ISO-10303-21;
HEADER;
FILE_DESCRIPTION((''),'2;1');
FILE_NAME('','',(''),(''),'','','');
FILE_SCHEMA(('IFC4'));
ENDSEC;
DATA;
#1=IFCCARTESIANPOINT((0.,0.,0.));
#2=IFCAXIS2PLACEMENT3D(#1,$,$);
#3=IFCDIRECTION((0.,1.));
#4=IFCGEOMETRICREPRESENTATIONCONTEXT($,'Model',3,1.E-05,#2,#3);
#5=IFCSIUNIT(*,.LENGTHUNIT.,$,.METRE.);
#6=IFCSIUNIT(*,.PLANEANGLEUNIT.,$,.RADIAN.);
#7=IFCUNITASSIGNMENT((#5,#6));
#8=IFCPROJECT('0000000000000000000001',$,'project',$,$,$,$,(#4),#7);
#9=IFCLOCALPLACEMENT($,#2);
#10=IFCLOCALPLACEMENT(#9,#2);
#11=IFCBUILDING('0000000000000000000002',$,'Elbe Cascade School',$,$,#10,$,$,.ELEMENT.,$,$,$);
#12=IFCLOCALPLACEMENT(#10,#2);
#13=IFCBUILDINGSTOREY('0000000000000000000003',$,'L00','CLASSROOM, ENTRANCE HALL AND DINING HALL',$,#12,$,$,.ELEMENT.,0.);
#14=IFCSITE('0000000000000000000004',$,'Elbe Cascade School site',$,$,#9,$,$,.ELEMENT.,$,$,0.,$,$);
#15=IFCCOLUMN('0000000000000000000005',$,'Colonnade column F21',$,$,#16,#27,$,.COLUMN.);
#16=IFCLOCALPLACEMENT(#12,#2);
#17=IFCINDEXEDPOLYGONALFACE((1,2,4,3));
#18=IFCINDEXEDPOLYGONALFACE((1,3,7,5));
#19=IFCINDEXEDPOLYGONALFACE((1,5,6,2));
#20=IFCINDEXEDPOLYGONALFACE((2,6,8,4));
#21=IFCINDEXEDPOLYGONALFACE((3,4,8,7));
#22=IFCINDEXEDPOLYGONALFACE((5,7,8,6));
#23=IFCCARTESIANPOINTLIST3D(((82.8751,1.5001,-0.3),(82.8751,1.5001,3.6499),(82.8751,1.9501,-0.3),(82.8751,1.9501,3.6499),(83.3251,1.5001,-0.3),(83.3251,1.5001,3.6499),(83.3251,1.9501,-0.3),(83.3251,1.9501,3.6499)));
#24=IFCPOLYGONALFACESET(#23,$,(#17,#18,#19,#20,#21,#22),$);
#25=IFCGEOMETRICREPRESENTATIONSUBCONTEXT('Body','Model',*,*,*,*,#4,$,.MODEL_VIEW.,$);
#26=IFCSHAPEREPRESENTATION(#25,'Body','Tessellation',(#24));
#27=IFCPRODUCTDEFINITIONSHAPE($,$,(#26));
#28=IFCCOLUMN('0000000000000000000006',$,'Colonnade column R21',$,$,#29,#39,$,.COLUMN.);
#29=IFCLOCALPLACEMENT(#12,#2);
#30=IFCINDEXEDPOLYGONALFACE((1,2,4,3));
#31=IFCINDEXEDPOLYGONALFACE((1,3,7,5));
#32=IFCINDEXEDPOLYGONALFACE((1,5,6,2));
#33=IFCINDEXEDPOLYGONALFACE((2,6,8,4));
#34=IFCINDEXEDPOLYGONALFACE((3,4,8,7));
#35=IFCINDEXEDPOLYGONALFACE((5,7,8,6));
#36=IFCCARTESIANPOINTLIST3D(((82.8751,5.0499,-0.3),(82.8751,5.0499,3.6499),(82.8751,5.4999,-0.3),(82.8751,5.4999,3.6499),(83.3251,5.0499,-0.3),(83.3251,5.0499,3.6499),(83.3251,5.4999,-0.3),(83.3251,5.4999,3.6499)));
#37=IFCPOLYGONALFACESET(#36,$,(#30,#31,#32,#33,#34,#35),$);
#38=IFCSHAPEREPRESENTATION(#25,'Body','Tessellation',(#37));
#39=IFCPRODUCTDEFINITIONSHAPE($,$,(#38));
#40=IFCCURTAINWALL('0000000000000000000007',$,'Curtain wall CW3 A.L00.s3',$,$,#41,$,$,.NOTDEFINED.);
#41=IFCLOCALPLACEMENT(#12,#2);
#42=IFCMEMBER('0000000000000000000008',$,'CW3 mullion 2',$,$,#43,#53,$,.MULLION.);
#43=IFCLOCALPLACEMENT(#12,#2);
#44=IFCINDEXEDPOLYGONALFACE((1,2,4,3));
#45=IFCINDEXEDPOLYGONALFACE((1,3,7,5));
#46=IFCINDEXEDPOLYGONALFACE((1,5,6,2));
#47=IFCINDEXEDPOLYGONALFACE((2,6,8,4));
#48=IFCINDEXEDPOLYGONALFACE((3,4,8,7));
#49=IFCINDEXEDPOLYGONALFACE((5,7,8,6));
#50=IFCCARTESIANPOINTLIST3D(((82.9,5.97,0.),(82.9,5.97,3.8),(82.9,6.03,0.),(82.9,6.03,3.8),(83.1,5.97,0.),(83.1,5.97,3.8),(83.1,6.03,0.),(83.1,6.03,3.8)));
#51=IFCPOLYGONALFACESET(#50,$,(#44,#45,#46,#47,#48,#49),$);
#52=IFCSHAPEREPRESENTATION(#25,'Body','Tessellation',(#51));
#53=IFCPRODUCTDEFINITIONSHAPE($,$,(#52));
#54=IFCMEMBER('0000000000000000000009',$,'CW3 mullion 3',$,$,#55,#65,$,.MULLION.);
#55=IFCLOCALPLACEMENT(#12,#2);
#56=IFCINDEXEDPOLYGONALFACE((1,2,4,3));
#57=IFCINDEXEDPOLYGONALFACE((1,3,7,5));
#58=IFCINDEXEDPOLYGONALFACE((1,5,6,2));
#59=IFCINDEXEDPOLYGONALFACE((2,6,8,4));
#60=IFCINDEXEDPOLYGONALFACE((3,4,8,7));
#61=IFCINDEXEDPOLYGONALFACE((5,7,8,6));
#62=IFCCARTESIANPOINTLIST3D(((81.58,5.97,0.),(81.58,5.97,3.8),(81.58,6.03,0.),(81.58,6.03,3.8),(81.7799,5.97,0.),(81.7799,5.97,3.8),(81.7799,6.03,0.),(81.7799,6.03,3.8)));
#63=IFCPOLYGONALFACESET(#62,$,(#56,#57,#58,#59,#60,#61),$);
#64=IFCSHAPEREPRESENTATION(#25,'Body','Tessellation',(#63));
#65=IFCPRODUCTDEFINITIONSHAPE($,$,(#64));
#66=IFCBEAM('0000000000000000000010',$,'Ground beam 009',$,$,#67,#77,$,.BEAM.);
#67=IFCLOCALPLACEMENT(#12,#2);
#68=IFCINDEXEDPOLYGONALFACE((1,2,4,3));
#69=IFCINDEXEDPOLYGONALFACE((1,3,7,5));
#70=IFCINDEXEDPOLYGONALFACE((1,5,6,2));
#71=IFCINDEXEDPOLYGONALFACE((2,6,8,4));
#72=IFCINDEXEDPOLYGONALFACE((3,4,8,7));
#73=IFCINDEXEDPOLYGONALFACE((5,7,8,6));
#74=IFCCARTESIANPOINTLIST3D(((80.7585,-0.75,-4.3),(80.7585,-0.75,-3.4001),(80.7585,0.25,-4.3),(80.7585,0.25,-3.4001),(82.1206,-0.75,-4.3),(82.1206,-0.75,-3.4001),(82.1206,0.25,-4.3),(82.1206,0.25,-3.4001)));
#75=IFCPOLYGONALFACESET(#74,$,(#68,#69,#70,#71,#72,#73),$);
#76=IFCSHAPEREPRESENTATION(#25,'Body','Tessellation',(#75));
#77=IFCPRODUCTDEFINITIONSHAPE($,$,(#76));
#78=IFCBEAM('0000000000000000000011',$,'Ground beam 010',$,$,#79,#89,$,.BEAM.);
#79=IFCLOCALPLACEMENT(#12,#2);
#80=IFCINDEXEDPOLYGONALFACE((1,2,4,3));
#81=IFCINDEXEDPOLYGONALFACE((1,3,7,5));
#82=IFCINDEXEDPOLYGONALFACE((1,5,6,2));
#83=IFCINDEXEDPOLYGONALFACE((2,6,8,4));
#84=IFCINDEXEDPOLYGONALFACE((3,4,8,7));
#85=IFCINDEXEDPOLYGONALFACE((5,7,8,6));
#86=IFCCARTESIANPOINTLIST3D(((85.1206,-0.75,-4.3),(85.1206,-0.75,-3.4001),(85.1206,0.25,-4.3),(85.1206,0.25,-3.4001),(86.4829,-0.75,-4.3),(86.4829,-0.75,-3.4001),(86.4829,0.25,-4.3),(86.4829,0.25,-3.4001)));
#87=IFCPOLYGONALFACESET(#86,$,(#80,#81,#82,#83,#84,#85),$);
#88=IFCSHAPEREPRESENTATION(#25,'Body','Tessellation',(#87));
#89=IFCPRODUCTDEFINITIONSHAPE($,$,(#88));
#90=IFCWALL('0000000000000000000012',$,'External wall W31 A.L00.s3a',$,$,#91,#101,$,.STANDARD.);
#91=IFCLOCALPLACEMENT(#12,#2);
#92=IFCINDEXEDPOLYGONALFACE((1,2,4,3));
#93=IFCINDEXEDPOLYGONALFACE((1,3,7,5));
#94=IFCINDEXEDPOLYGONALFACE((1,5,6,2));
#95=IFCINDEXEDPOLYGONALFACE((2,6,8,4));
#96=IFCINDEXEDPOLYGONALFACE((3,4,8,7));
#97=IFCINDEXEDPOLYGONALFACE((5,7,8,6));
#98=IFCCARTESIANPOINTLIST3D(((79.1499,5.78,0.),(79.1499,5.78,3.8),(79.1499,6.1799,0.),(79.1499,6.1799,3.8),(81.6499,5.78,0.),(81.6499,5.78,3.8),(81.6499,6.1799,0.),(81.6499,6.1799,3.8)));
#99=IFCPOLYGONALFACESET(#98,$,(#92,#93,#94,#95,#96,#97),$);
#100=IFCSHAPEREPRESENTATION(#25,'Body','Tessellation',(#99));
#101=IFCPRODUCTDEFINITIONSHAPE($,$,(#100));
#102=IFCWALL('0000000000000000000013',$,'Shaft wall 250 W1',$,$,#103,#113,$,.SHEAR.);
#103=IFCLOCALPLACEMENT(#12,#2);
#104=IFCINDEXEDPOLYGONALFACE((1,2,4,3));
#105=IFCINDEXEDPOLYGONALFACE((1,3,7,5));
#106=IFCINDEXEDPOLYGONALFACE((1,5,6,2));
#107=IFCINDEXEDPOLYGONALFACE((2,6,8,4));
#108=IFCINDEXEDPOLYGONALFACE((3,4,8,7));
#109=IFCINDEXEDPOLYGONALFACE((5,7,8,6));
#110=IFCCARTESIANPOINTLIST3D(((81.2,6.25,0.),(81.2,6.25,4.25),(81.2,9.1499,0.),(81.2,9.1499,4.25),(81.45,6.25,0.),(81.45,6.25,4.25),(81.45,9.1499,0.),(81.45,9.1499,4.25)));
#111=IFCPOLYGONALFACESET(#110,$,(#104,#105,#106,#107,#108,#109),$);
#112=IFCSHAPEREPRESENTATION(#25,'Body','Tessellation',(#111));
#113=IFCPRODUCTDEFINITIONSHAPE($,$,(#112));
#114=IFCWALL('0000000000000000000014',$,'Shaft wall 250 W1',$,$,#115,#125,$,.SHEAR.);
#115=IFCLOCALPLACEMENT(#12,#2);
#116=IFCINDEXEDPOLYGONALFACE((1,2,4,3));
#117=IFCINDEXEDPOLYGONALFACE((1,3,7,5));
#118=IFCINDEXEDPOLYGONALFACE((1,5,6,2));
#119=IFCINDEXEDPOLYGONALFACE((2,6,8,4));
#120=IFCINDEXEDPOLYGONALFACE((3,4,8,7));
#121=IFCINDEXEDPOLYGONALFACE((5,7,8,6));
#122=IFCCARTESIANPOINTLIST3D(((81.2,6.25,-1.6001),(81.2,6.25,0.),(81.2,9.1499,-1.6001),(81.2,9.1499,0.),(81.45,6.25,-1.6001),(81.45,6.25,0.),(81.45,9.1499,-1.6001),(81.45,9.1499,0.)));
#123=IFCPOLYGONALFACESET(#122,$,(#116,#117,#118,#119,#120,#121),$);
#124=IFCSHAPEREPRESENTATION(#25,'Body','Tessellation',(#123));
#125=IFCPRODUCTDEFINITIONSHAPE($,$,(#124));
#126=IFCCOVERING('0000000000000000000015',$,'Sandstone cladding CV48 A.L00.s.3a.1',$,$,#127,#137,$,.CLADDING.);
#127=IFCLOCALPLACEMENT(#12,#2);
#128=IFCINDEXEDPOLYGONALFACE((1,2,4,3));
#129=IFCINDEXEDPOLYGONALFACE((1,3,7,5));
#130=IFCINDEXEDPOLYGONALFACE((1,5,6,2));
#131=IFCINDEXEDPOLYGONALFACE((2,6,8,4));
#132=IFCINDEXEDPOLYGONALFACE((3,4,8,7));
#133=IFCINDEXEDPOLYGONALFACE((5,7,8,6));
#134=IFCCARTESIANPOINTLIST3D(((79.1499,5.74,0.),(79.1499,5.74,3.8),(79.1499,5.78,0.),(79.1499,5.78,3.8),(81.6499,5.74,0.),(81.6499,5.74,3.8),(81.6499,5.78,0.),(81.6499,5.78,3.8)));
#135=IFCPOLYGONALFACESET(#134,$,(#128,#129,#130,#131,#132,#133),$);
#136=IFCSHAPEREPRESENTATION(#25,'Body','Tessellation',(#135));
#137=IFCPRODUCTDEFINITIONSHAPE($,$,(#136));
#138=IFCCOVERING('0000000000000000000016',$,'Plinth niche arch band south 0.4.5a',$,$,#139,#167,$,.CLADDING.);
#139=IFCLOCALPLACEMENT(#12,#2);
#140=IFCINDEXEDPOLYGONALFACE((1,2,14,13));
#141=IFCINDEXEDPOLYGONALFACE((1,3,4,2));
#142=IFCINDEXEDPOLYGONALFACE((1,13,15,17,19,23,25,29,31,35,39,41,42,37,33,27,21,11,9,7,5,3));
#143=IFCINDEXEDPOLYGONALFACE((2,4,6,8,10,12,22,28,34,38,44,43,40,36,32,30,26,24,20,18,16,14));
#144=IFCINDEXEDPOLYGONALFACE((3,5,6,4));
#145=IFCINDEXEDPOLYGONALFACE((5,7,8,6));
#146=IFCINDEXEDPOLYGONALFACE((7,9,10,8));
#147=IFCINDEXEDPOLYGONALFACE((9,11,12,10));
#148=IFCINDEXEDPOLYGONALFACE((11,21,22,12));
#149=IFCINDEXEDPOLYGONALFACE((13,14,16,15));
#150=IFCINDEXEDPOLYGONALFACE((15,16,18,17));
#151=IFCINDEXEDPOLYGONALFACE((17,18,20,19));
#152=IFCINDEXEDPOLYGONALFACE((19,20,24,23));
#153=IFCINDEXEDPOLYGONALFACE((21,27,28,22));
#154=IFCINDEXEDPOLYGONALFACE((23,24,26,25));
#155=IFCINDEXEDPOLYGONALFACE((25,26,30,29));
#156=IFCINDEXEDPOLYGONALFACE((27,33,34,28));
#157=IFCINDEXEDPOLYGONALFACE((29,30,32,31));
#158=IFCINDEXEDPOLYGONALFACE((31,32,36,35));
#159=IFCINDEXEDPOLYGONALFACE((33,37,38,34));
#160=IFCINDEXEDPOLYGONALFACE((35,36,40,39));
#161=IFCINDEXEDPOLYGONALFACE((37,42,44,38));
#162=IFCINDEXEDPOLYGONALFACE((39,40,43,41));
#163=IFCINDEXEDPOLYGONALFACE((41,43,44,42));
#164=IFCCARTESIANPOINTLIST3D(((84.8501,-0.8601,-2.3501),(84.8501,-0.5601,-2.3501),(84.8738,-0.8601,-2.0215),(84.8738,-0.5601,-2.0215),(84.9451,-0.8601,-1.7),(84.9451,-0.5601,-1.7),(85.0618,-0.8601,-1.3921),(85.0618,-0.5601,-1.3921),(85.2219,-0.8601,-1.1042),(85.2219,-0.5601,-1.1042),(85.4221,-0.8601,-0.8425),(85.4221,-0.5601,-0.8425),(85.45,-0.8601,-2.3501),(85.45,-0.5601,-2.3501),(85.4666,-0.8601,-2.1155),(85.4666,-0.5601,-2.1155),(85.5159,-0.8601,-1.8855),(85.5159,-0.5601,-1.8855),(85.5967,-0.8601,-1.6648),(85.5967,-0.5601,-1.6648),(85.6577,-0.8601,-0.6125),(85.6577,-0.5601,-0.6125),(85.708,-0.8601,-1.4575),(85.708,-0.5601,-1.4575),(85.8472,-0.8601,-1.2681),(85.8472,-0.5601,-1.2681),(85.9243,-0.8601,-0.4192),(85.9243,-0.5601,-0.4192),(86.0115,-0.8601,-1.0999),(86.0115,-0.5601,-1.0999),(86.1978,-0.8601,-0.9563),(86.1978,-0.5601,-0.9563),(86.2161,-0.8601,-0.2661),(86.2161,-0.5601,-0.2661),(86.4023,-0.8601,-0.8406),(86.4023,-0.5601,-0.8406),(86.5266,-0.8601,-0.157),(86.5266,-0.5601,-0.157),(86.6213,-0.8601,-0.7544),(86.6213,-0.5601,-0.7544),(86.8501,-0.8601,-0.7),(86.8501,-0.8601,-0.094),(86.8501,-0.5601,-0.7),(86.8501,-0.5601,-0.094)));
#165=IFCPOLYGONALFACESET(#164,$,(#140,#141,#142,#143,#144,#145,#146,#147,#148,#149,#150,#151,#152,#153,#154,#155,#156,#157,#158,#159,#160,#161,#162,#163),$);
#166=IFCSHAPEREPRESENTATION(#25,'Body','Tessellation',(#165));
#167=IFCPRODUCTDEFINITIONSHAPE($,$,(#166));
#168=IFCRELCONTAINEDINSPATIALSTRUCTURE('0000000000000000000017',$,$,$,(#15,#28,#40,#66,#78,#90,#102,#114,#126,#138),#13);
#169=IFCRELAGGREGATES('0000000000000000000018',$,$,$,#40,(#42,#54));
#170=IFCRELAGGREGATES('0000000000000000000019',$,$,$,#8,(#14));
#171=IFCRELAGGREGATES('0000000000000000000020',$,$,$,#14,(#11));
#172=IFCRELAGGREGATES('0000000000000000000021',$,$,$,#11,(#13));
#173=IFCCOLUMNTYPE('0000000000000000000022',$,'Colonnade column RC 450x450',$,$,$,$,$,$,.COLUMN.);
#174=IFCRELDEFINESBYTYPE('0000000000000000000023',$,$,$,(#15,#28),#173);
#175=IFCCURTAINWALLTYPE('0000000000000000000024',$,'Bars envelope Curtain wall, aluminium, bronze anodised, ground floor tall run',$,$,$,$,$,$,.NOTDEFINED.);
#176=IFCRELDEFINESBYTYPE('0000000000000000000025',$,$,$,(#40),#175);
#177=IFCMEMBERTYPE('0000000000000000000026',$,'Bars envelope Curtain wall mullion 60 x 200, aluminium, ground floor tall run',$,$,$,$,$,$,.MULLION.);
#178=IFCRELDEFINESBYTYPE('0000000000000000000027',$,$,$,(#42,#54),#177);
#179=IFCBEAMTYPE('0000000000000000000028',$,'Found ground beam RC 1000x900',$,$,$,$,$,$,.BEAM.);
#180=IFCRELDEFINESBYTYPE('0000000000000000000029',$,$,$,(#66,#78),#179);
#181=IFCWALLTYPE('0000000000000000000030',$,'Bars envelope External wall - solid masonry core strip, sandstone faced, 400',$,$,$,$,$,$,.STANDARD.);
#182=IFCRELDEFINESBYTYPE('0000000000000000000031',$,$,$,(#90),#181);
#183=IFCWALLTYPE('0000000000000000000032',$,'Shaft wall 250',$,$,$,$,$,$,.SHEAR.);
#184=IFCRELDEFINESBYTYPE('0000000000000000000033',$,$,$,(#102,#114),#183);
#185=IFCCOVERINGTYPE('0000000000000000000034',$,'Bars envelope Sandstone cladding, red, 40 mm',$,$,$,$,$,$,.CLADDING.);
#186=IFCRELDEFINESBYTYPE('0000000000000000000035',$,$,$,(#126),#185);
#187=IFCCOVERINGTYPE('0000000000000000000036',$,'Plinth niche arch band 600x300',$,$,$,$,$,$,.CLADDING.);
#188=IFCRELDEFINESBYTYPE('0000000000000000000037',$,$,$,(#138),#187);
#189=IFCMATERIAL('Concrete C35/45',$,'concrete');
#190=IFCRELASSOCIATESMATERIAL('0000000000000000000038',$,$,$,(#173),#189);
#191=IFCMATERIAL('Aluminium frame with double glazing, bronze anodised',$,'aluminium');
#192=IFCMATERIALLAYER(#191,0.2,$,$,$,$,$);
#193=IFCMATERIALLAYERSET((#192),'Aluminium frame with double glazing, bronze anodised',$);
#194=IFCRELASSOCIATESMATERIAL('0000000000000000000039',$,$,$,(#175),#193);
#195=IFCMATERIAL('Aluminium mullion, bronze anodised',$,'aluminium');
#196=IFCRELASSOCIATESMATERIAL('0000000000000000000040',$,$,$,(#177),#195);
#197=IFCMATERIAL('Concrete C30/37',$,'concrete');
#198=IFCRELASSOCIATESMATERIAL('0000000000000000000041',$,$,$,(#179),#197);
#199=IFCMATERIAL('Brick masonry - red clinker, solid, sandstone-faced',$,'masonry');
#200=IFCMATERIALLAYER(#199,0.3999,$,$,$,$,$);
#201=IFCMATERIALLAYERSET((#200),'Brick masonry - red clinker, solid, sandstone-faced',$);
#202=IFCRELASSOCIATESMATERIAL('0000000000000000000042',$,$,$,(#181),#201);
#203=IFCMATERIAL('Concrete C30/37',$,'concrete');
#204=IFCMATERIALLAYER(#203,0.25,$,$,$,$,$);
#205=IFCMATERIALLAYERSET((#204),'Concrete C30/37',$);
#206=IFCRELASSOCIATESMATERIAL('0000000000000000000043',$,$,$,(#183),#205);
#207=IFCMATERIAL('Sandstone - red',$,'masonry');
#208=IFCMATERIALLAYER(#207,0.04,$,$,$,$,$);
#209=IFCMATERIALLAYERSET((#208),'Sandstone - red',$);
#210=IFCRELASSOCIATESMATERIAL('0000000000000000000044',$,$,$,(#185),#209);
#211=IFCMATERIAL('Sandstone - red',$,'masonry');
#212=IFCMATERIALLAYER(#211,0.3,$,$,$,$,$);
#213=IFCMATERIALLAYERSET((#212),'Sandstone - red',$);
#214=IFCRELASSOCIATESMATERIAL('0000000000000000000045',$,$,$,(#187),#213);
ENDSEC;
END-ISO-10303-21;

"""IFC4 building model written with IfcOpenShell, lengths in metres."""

from ifc_helpers import new_model, si_unit, direction, frame, frame_2d, origin, origin_2d, place, context, subcontext, project, spatial, polyline, rectangle, outline, extrude, material, layer, layer_set, material_profile, profile_set, type_object, element, aggregate, save


model = new_model("IFC4")

# Units and contexts
model_context = context("Model", 3, precision=1e-05, world=origin(), true_north=direction((0.0, 1.0)))
body_context = subcontext(model_context, "Body", "Model", "MODEL_VIEW")
ifc_project = project(units=[si_unit("LENGTHUNIT", "METRE"), si_unit("PLANEANGLEUNIT", "RADIAN")], contexts=[model_context])

# Site, building, storey
site_placement = place(None, origin())
site = spatial("IfcSite", under=ifc_project, at=site_placement, Name="Elbe Cascade School site", CompositionType="ELEMENT", RefElevation=0.0)
building_placement = place(site_placement, origin())
building = spatial("IfcBuilding", under=site, at=building_placement, Name="Elbe Cascade School", CompositionType="ELEMENT")
storey_placement = place(building_placement, origin())
storey = spatial("IfcBuildingStorey", under=building, at=storey_placement, Name="L00", Description="CLASSROOM, ENTRANCE HALL AND DINING HALL", CompositionType="ELEMENT", Elevation=0.0)

# Columns
ifc_material_1 = material(Name="Concrete C35/45", Category="concrete")
ifc_material_profile_1 = material_profile(ifc_material_1, rectangle(XDim=0.45, YDim=0.45, at=origin_2d()), Name="RC 450x450")
ifc_profile_set_1 = profile_set([ifc_material_profile_1], Name="Concrete C35/45")
column_type = type_object("IfcColumnType", Name="Colonnade column RC 450x450", PredefinedType="COLUMN", material=ifc_profile_set_1)
for number, where, z_axis, x_axis, name in (
    (1, (83.1001, 1.7251, -0.3), (0.0, 0.0, 1.0), (1.0, 0.0, 0.0), "Colonnade column F21"),
    (2, (83.1001, 5.2749, -0.3), (0.0, 0.0, 1.0), (1.0, 0.0, 0.0), "Colonnade column R21"),
):
    element("IfcColumn", number, at=place(storey_placement, frame(where, z_axis=z_axis, x_axis=x_axis)), inside=storey, type_object=column_type, Name=name, PredefinedType="COLUMN", context=body_context, shape_type="SweptSolid", body=[
        extrude(rectangle(XDim=0.45, YDim=0.45, at=origin_2d()), origin(), (0.0, 0.0, 1.0), 3.95),
    ])

# Curtain wall, members
ifc_material_2 = material(Name="Aluminium frame with double glazing, bronze anodised", Category="aluminium")
ifc_layer_1 = layer(ifc_material_2, 0.2)
ifc_layer_set_1 = layer_set([ifc_layer_1], Name="Aluminium frame with double glazing, bronze anodised")
curtain_wall_type = type_object("IfcCurtainWallType", Name="Bars envelope Curtain wall, aluminium, bronze anodised, ground floor tall run", PredefinedType="NOTDEFINED", material=ifc_layer_set_1)
curtain_wall_placement = place(storey_placement, origin())
curtain_wall = element("IfcCurtainWall", 3, at=curtain_wall_placement, inside=storey, type_object=curtain_wall_type, Name="Curtain wall CW3 A.L00.s3", PredefinedType="NOTDEFINED")
ifc_material_3 = material(Name="Aluminium mullion, bronze anodised", Category="aluminium")
ifc_material_profile_2 = material_profile(ifc_material_3, rectangle(XDim=0.0601, YDim=0.2, at=origin_2d()), Name="Bars envelope Curtain wall mullion 60 x 200, aluminium, ground floor tall run")
ifc_profile_set_2 = profile_set([ifc_material_profile_2], Name="Aluminium mullion, bronze anodised")
member_type = type_object("IfcMemberType", Name="Bars envelope Curtain wall mullion 60 x 200, aluminium, ground floor tall run", PredefinedType="MULLION", material=ifc_profile_set_2)
member_1_placement = place(storey_placement, frame((83.0, 6.0, 0.0), z_axis=(0.0, 0.0, 1.0), x_axis=(0.0, -1.0, 0.0)))
member_1 = element("IfcMember", 4, at=member_1_placement, type_object=member_type, Name="CW3 mullion 2", PredefinedType="MULLION", context=body_context, shape_type="SweptSolid", body=[
    extrude(rectangle(XDim=0.0601, YDim=0.2, at=origin_2d()), origin(), (0.0, 0.0, 1.0), 3.8),
])
member_2_placement = place(storey_placement, frame((81.6799, 6.0, 0.0), z_axis=(0.0, 0.0, 1.0), x_axis=(0.0, -1.0, 0.0)))
member_2 = element("IfcMember", 5, at=member_2_placement, type_object=member_type, Name="CW3 mullion 3", PredefinedType="MULLION", context=body_context, shape_type="SweptSolid", body=[
    extrude(rectangle(XDim=0.0601, YDim=0.2, at=origin_2d()), origin(), (0.0, 0.0, 1.0), 3.8),
])
aggregate(curtain_wall, [member_1, member_2])

# Beams
ifc_material_4 = material(Name="Concrete C30/37", Category="concrete")
ifc_material_profile_3 = material_profile(ifc_material_4, rectangle(XDim=1.0, YDim=0.8999, at=origin_2d()), Name="RC 1000x900")
ifc_profile_set_3 = profile_set([ifc_material_profile_3], Name="Concrete C30/37")
beam_type = type_object("IfcBeamType", Name="Found ground beam RC 1000x900", PredefinedType="BEAM", material=ifc_profile_set_3)
beam_1_placement = place(storey_placement, frame((80.7585, -0.25, -3.8501), z_axis=(1.0, 0.0, 0.0), x_axis=(0.0, 1.0, 0.0)))
element("IfcBeam", 6, at=beam_1_placement, inside=storey, type_object=beam_type, Name="Ground beam 009", PredefinedType="BEAM", context=body_context, shape_type="SweptSolid", body=[
    extrude(rectangle(XDim=1.0, YDim=0.8999, at=origin_2d()), origin(), (0.0, 0.0, 1.0), 1.3621),
])
beam_2_placement = place(storey_placement, frame((85.1206, -0.25, -3.8501), z_axis=(1.0, 0.0, 0.0), x_axis=(0.0, 1.0, 0.0)))
element("IfcBeam", 7, at=beam_2_placement, inside=storey, type_object=beam_type, Name="Ground beam 010", PredefinedType="BEAM", context=body_context, shape_type="SweptSolid", body=[
    extrude(rectangle(XDim=1.0, YDim=0.8999, at=origin_2d()), origin(), (0.0, 0.0, 1.0), 1.3623),
])

# Walls
ifc_material_5 = material(Name="Brick masonry - red clinker, solid, sandstone-faced", Category="masonry")
ifc_layer_2 = layer(ifc_material_5, 0.3999)
ifc_layer_set_2 = layer_set([ifc_layer_2], Name="Brick masonry - red clinker, solid, sandstone-faced")
wall_type_1 = type_object("IfcWallType", Name="Bars envelope External wall - solid masonry core strip, sandstone faced, 400", PredefinedType="STANDARD", material=ifc_layer_set_2)
wall_1_placement = place(storey_placement, frame((81.6499, 5.98, 0.0), z_axis=(0.0, 0.0, 1.0), x_axis=(-1.0, 0.0, 0.0)))
element("IfcWall", 8, at=wall_1_placement, inside=storey, type_object=wall_type_1, Name="External wall W31 A.L00.s3a", PredefinedType="STANDARD", context=body_context, shape_type="SweptSolid", body=[
    extrude(rectangle(XDim=2.5, YDim=0.3999, at=frame_2d((1.25, 0.0))), origin(), (0.0, 0.0, 1.0), 3.8),
])
ifc_material_6 = material(Name="Concrete C30/37", Category="concrete")
ifc_layer_3 = layer(ifc_material_6, 0.25)
ifc_layer_set_3 = layer_set([ifc_layer_3], Name="Concrete C30/37")
wall_type_2 = type_object("IfcWallType", Name="Shaft wall 250", PredefinedType="SHEAR", material=ifc_layer_set_3)
wall_2_placement = place(storey_placement, frame((81.325, 6.25, 0.0), z_axis=(0.0, 0.0, 1.0), x_axis=(0.0, 1.0, 0.0)))
element("IfcWall", 9, at=wall_2_placement, inside=storey, type_object=wall_type_2, Name="Shaft wall 250 W1", PredefinedType="SHEAR", context=body_context, shape_type="SweptSolid", body=[
    extrude(rectangle(XDim=2.8999, YDim=0.25, at=frame_2d((1.45, 0.0))), origin(), (0.0, 0.0, 1.0), 4.25),
])
wall_3_placement = place(storey_placement, frame((81.325, 6.25, -1.6001), z_axis=(0.0, 0.0, 1.0), x_axis=(0.0, 1.0, 0.0)))
element("IfcWall", 10, at=wall_3_placement, inside=storey, type_object=wall_type_2, Name="Shaft wall 250 W1", PredefinedType="SHEAR", context=body_context, shape_type="SweptSolid", body=[
    extrude(rectangle(XDim=2.8999, YDim=0.25, at=frame_2d((1.45, 0.0))), origin(), (0.0, 0.0, 1.0), 1.6001),
])

# Coverings
ifc_material_7 = material(Name="Sandstone - red", Category="masonry")
ifc_layer_4 = layer(ifc_material_7, 0.04)
ifc_layer_set_4 = layer_set([ifc_layer_4], Name="Sandstone - red")
covering_type_1 = type_object("IfcCoveringType", Name="Bars envelope Sandstone cladding, red, 40 mm", PredefinedType="CLADDING", material=ifc_layer_set_4)
covering_1_placement = place(storey_placement, frame((80.3999, 5.76, 0.0), z_axis=(0.0, 0.0, 1.0), x_axis=(1.0, 0.0, 0.0)))
element("IfcCovering", 11, at=covering_1_placement, inside=storey, type_object=covering_type_1, Name="Sandstone cladding CV48 A.L00.s.3a.1", PredefinedType="CLADDING", context=body_context, shape_type="SweptSolid", body=[
    extrude(rectangle(XDim=2.5, YDim=0.04, at=origin_2d()), origin(), (0.0, 0.0, 1.0), 3.8),
])
ifc_material_8 = material(Name="Sandstone - red", Category="masonry")
ifc_layer_5 = layer(ifc_material_8, 0.3)
ifc_layer_set_5 = layer_set([ifc_layer_5], Name="Sandstone - red")
covering_type_2 = type_object("IfcCoveringType", Name="Plinth niche arch band 600x300", PredefinedType="CLADDING", material=ifc_layer_set_5)
covering_2_placement = place(storey_placement, frame((84.8501, -0.8601, -2.3501), z_axis=(0.0, -1.0, 0.0), x_axis=(1.0, 0.0, 0.0)))
element("IfcCovering", 12, at=covering_2_placement, inside=storey, type_object=covering_type_2, Name="Plinth niche arch band south 0.4.5a", PredefinedType="CLADDING", context=body_context, shape_type="SweptSolid", body=[
    extrude(outline(polyline([(0.0, 0.0), (0.5999, 0.0), (0.6165, 0.2346), (0.6658, 0.4646), (0.7466, 0.6853), (0.8579, 0.8926), (0.9971, 1.082), (1.1614, 1.2502), (1.3477, 1.3938), (1.5522, 1.5095), (1.7712, 1.5957), (2.0, 1.6501), (2.0, 2.2561), (1.6765, 2.1931), (1.366, 2.084), (1.0742, 1.9309), (0.8076, 1.7375), (0.572, 1.5076), (0.3718, 1.2458), (0.2117, 0.958), (0.095, 0.6501), (0.0237, 0.3286), (0.0, 0.0)])), origin(), (0.0, 0.0, -1.0), 0.3),
])

save(model, "model.ifc")
